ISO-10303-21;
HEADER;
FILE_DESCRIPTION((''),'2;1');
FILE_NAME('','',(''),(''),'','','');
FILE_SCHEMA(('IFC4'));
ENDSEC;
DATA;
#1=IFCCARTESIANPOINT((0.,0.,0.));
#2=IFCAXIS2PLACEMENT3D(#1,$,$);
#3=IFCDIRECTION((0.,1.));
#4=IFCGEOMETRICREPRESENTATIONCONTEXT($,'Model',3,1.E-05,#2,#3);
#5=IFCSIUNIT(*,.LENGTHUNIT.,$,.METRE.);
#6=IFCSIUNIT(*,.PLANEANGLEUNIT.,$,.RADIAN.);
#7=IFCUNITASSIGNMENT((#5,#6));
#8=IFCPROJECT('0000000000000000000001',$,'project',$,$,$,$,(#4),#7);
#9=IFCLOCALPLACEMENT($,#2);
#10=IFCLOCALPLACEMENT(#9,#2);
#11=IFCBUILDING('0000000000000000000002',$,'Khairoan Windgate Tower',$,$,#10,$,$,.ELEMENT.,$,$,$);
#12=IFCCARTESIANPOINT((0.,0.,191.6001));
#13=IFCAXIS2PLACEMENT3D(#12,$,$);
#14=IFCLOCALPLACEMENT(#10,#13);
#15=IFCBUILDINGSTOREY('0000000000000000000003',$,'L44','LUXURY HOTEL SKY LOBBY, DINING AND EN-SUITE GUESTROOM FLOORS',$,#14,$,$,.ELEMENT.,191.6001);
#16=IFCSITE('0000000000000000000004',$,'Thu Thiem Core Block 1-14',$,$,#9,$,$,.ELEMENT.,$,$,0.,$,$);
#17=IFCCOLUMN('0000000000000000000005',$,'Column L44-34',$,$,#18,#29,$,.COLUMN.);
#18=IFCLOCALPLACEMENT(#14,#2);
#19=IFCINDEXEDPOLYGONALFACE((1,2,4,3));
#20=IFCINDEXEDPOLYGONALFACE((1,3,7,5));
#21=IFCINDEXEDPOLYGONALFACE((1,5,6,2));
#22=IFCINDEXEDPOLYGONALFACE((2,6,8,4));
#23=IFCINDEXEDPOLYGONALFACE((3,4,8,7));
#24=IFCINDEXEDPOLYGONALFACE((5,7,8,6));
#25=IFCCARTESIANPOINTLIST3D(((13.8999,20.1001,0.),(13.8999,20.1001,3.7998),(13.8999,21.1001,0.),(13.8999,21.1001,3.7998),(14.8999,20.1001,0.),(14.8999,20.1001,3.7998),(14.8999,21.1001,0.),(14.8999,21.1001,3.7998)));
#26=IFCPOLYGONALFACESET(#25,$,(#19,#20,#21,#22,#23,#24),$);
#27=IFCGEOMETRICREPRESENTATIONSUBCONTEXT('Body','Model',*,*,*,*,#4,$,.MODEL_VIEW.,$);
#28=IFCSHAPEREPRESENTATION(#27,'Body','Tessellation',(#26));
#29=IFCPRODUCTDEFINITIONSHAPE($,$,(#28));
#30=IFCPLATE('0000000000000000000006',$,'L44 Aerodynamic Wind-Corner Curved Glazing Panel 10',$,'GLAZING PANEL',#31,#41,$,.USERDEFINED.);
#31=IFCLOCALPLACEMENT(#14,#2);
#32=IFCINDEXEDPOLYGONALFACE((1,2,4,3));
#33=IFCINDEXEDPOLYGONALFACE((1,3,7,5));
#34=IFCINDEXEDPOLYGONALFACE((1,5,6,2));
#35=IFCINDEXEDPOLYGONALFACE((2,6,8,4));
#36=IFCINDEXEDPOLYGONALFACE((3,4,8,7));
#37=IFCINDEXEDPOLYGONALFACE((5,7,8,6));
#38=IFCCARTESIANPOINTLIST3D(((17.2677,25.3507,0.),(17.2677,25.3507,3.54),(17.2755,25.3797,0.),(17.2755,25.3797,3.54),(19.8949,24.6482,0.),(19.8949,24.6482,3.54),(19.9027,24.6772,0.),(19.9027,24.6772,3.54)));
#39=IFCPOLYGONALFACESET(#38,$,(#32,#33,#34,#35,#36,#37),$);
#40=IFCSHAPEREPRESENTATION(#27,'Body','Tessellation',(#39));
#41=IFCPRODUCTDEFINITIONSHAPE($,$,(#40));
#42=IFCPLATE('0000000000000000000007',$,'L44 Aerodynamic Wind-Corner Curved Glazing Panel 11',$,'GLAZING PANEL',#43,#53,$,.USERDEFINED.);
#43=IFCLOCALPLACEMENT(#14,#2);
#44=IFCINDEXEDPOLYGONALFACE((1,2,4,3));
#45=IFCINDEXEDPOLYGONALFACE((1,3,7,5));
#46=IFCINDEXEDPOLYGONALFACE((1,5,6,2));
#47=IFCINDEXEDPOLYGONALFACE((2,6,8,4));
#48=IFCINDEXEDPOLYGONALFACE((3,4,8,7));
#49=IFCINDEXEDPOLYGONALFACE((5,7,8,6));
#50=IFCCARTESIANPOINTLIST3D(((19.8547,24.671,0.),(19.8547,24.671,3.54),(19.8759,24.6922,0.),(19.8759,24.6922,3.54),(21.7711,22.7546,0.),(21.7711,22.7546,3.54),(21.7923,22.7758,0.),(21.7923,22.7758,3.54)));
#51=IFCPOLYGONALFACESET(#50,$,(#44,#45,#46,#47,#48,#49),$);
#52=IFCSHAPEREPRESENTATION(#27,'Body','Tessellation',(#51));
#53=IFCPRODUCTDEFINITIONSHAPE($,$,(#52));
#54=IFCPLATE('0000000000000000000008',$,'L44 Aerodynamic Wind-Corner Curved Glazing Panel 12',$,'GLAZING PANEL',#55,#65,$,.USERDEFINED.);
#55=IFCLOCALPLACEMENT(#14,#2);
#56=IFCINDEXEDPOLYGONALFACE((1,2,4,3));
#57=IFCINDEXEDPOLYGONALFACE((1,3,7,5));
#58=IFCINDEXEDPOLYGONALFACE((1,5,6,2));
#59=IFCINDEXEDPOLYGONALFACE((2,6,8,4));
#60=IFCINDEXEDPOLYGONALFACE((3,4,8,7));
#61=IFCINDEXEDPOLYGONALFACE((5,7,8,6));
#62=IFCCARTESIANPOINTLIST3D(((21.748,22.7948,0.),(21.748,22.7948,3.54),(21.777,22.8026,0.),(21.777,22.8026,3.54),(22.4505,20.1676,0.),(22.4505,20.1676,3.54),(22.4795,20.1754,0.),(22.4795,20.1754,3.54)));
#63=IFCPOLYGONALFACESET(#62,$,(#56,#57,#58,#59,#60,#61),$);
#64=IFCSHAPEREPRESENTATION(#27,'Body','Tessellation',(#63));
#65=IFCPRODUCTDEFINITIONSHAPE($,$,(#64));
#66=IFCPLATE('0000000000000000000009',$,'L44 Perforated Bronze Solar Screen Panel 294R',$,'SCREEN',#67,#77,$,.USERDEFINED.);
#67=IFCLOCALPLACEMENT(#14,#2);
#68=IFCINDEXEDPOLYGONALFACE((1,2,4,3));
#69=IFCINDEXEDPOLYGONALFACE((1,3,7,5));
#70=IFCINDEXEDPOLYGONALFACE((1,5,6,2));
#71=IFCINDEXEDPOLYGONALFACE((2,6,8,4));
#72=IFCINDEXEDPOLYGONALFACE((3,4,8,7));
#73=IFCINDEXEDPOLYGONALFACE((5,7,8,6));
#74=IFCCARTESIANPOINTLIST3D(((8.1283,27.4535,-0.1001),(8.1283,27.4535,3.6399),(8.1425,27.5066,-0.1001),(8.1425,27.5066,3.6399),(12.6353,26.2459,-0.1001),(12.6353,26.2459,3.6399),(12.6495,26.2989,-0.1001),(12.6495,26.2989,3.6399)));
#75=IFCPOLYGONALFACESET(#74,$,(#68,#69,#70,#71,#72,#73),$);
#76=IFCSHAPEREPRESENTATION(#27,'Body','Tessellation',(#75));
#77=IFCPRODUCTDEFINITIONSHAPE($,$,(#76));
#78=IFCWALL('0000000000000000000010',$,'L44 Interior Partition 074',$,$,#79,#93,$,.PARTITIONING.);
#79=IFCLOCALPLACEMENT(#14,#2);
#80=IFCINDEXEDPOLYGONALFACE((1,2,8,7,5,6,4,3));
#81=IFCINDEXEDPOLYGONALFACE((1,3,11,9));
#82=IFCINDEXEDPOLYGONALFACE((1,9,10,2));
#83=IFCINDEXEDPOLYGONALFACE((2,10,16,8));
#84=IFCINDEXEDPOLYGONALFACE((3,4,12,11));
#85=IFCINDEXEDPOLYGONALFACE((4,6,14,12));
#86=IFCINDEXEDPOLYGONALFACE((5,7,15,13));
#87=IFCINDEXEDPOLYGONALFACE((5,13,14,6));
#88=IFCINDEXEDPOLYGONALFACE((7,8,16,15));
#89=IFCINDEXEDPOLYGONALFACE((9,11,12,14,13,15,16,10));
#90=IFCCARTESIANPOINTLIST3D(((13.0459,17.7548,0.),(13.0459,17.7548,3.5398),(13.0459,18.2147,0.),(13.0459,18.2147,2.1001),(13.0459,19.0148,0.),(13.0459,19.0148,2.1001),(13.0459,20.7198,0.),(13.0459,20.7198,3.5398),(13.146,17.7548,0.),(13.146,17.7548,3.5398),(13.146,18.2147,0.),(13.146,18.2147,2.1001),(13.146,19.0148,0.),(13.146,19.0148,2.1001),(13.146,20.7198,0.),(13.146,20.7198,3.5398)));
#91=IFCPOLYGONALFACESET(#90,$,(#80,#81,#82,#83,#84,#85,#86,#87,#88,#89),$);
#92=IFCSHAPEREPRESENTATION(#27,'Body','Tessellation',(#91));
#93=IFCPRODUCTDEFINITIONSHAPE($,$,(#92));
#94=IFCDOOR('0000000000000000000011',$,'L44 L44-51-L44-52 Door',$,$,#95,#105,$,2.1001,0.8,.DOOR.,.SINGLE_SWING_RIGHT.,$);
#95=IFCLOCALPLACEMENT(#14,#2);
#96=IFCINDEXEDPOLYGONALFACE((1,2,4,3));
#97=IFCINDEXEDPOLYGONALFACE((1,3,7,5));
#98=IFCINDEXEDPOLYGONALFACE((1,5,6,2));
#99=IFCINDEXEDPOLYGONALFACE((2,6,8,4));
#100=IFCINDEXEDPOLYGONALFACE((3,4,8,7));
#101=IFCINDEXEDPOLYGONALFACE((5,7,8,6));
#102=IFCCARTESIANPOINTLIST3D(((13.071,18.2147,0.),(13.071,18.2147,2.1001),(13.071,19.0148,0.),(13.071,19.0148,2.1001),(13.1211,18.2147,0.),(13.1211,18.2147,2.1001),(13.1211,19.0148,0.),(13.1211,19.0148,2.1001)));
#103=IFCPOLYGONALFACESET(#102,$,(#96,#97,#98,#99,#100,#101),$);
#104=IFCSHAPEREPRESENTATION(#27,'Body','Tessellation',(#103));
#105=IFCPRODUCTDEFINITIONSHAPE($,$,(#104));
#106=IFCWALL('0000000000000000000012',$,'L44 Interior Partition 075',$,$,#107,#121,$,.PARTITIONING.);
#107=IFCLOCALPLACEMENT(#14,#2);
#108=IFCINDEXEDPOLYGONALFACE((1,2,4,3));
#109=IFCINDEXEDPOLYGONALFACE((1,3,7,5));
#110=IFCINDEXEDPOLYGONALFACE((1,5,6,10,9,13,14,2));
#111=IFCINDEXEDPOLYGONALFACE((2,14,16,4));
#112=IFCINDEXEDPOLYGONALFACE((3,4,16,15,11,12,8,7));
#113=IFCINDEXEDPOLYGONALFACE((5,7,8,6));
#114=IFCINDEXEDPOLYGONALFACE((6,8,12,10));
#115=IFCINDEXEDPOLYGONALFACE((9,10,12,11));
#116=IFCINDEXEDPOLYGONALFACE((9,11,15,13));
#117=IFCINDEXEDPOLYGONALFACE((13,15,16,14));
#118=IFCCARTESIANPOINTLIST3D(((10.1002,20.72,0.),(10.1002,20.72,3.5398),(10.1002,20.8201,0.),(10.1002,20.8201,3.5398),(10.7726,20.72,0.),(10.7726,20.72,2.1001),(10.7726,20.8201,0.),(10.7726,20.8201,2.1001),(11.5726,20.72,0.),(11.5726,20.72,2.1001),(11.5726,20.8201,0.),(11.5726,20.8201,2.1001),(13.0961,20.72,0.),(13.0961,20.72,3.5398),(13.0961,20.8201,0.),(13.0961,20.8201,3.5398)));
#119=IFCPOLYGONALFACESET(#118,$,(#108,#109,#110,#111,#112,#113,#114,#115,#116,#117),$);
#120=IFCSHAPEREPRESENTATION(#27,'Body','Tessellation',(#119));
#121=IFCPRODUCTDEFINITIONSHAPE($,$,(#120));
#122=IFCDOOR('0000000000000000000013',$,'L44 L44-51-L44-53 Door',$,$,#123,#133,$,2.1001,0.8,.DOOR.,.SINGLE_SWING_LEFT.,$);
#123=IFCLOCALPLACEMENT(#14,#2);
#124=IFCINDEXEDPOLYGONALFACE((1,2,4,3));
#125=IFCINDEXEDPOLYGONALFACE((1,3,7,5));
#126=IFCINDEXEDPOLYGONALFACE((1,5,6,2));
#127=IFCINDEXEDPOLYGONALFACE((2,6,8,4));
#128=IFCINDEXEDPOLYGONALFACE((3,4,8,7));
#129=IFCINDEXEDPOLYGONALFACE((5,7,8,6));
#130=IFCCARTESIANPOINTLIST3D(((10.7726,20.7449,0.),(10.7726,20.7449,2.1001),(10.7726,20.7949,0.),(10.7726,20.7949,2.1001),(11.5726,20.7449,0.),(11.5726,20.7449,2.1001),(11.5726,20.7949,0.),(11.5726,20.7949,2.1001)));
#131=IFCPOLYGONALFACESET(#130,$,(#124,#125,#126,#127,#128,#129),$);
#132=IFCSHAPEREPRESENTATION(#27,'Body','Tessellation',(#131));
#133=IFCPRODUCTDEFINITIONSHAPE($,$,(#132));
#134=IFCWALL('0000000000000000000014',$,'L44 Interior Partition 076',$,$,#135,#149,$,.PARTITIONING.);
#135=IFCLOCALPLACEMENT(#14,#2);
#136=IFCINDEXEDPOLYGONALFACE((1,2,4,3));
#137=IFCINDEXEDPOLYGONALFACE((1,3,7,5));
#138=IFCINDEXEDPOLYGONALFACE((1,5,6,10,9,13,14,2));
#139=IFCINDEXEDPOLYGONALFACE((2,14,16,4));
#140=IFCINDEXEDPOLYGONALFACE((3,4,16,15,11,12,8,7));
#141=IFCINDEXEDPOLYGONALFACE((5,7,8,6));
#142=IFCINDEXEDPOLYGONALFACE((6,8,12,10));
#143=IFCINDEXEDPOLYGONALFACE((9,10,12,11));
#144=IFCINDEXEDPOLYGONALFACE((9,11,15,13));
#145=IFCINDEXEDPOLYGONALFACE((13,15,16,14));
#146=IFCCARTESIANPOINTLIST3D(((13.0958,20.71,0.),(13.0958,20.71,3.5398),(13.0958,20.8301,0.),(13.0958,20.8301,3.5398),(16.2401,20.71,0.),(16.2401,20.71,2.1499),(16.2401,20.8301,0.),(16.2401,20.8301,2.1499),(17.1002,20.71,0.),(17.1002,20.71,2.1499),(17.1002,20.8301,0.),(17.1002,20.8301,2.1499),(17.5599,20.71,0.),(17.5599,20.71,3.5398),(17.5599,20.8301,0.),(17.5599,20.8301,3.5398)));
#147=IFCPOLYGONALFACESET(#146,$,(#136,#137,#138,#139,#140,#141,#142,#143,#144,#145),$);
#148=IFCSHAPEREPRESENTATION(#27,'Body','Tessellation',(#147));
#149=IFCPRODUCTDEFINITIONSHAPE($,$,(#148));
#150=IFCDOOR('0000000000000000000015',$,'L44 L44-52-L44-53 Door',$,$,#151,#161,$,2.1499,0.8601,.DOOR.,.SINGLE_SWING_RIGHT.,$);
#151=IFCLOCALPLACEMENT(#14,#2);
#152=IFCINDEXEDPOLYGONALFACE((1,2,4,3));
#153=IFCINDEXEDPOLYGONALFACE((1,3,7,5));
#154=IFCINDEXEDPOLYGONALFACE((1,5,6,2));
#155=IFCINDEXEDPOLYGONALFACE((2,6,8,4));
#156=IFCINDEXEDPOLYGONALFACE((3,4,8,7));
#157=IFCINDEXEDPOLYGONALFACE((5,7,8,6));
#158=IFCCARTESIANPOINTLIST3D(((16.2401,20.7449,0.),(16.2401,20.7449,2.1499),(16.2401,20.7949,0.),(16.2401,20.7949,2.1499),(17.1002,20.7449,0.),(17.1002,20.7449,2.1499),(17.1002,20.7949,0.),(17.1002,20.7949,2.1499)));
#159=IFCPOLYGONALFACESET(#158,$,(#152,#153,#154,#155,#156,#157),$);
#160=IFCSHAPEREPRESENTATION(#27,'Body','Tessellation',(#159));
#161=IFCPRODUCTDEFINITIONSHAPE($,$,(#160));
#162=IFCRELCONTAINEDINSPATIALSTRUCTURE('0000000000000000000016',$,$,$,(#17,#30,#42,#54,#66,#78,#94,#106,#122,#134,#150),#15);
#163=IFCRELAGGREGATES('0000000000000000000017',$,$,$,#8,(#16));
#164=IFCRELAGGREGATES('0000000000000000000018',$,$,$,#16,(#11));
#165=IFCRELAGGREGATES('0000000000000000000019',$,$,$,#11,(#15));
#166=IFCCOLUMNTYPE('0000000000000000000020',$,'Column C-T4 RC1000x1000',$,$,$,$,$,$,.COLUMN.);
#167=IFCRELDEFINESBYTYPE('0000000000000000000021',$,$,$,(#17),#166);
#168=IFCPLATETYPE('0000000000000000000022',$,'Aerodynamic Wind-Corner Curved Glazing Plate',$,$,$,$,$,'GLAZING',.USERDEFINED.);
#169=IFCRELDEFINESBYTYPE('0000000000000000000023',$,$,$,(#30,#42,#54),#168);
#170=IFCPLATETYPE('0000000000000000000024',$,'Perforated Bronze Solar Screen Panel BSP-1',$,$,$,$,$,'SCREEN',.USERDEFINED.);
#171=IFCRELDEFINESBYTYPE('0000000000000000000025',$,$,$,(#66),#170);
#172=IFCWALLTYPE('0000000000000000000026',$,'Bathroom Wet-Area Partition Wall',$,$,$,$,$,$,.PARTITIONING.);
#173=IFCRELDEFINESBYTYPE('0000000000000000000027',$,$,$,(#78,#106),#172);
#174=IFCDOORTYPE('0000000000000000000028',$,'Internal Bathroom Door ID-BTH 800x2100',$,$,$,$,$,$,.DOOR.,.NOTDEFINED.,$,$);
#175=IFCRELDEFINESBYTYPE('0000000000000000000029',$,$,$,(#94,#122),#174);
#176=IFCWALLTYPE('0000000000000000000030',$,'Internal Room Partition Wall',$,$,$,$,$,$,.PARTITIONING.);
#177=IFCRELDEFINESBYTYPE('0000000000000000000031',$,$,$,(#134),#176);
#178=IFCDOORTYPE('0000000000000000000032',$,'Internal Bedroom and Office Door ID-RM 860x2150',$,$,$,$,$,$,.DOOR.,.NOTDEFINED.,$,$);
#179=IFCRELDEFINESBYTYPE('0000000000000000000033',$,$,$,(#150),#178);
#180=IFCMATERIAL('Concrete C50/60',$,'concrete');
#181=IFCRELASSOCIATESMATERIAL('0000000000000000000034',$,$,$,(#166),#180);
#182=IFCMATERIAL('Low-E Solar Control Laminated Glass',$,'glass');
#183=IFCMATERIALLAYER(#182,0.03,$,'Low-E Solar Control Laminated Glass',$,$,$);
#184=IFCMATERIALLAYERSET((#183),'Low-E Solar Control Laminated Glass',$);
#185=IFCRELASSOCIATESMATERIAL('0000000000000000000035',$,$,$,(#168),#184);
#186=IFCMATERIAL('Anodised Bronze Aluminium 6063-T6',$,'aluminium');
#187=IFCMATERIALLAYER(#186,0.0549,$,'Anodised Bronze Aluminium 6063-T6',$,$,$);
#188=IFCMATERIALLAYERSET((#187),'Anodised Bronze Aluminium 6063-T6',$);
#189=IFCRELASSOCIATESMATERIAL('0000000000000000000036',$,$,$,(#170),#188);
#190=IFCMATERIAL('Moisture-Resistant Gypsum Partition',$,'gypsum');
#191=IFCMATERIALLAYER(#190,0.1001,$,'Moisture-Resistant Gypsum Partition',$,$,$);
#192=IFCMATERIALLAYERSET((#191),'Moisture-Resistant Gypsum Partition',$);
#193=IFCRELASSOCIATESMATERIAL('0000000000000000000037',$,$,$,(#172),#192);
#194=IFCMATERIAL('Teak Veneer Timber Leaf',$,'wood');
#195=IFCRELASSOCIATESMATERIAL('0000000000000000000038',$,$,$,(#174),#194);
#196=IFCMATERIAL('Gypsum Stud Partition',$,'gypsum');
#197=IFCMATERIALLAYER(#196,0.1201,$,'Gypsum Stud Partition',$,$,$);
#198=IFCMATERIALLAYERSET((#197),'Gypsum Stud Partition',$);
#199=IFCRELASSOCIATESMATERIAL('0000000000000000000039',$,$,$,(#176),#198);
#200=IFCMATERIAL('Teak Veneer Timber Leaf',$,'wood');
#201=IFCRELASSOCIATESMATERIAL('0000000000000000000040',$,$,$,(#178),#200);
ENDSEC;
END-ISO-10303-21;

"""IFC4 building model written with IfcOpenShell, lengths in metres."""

from ifc_helpers import new_model, si_unit, direction, frame, frame_2d, origin, origin_2d, place, context, subcontext, project, spatial, rectangle, extrude, material, layer, layer_set, material_profile, profile_set, type_object, element, fill, save


model = new_model("IFC4")

# Units and contexts
model_context = context("Model", 3, precision=1e-05, world=origin(), true_north=direction((0.0, 1.0)))
body_context = subcontext(model_context, "Body", "Model", "MODEL_VIEW")
ifc_project = project(units=[si_unit("LENGTHUNIT", "METRE"), si_unit("PLANEANGLEUNIT", "RADIAN")], contexts=[model_context])

# Site, building, storey
site_placement = place(None, origin())
site = spatial("IfcSite", under=ifc_project, at=site_placement, Name="Thu Thiem Core Block 1-14", CompositionType="ELEMENT", RefElevation=0.0)
building_placement = place(site_placement, origin())
building = spatial("IfcBuilding", under=site, at=building_placement, Name="Khairoan Windgate Tower", CompositionType="ELEMENT")
storey_placement = place(building_placement, frame((0.0, 0.0, 191.6001)))
storey = spatial("IfcBuildingStorey", under=building, at=storey_placement, Name="L44", Description="LUXURY HOTEL SKY LOBBY, DINING AND EN-SUITE GUESTROOM FLOORS", CompositionType="ELEMENT", Elevation=191.6001)

# Column
ifc_material_1 = material(Name="Concrete C50/60", Category="concrete")
ifc_material_profile_1 = material_profile(ifc_material_1, rectangle(XDim=1.0, YDim=1.0, at=origin_2d()))
ifc_profile_set_1 = profile_set([ifc_material_profile_1], Name="Concrete C50/60")
column_type = type_object("IfcColumnType", Name="Column C-T4 RC1000x1000", PredefinedType="COLUMN", material=ifc_profile_set_1)
column_placement = place(storey_placement, frame((14.3999, 20.6001, 0.0), z_axis=(0.0, 0.0, 1.0), x_axis=(1.0, 0.0, 0.0)))
element("IfcColumn", 1, at=column_placement, inside=storey, type_object=column_type, Name="Column L44-34", PredefinedType="COLUMN", context=body_context, shape_type="SweptSolid", body=[
    extrude(rectangle(XDim=1.0, YDim=1.0, at=origin_2d()), origin(), (0.0, 0.0, 1.0), 3.7998),
])

# Plates
ifc_material_2 = material(Name="Low-E Solar Control Laminated Glass", Category="glass")
ifc_layer_1 = layer(ifc_material_2, 0.03, Name="Low-E Solar Control Laminated Glass")
ifc_layer_set_1 = layer_set([ifc_layer_1], Name="Low-E Solar Control Laminated Glass")
plate_type_1 = type_object("IfcPlateType", Name="Aerodynamic Wind-Corner Curved Glazing Plate", ElementType="GLAZING", PredefinedType="USERDEFINED", material=ifc_layer_set_1)
plate_1_placement = place(storey_placement, frame((18.5852, 25.0139, 0.0), z_axis=(0.0, 0.0, 1.0), x_axis=(0.966061, -0.258313, 0.0)))
element("IfcPlate", 2, at=plate_1_placement, inside=storey, type_object=plate_type_1, Name="L44 Aerodynamic Wind-Corner Curved Glazing Panel 10", ObjectType="GLAZING PANEL", PredefinedType="USERDEFINED", context=body_context, shape_type="SweptSolid", body=[
    extrude(rectangle(XDim=2.7195, YDim=0.03, at=origin_2d()), origin(), (0.0, 0.0, 1.0), 3.54),
])
plate_2_placement = place(storey_placement, frame((20.8235, 23.7234, 0.0), z_axis=(0.0, 0.0, 1.0), x_axis=(0.707107, -0.707107, 0.0)))
element("IfcPlate", 3, at=plate_2_placement, inside=storey, type_object=plate_type_1, Name="L44 Aerodynamic Wind-Corner Curved Glazing Panel 11", ObjectType="GLAZING PANEL", PredefinedType="USERDEFINED", context=body_context, shape_type="SweptSolid", body=[
    extrude(rectangle(XDim=2.7102, YDim=0.03, at=origin_2d()), origin(), (0.0, 0.0, 1.0), 3.54),
])
plate_3_placement = place(storey_placement, frame((22.1138, 21.4851, 0.0), z_axis=(0.0, 0.0, 1.0), x_axis=(0.258313, -0.966061, 0.0)))
element("IfcPlate", 4, at=plate_3_placement, inside=storey, type_object=plate_type_1, Name="L44 Aerodynamic Wind-Corner Curved Glazing Panel 12", ObjectType="GLAZING PANEL", PredefinedType="USERDEFINED", context=body_context, shape_type="SweptSolid", body=[
    extrude(rectangle(XDim=2.7195, YDim=0.03, at=origin_2d()), origin(), (0.0, 0.0, 1.0), 3.54),
])

# Plate
ifc_material_3 = material(Name="Anodised Bronze Aluminium 6063-T6", Category="aluminium")
ifc_layer_2 = layer(ifc_material_3, 0.0549, Name="Anodised Bronze Aluminium 6063-T6")
ifc_layer_set_2 = layer_set([ifc_layer_2], Name="Anodised Bronze Aluminium 6063-T6")
plate_type_2 = type_object("IfcPlateType", Name="Perforated Bronze Solar Screen Panel BSP-1", ElementType="SCREEN", PredefinedType="USERDEFINED", material=ifc_layer_set_2)
plate_4_placement = place(storey_placement, frame((10.3889, 26.8762, -0.1001), z_axis=(0.0, 0.0, 1.0), x_axis=(0.965926, -0.258819, 0.0)))
element("IfcPlate", 5, at=plate_4_placement, inside=storey, type_object=plate_type_2, Name="L44 Perforated Bronze Solar Screen Panel 294R", ObjectType="SCREEN", PredefinedType="USERDEFINED", context=body_context, shape_type="SweptSolid", body=[
    extrude(rectangle(XDim=4.666, YDim=0.0549, at=origin_2d()), origin(), (0.0, 0.0, 1.0), 3.74),
])

# Walls, openings, doors
ifc_material_4 = material(Name="Moisture-Resistant Gypsum Partition", Category="gypsum")
ifc_layer_3 = layer(ifc_material_4, 0.1001, Name="Moisture-Resistant Gypsum Partition")
ifc_layer_set_3 = layer_set([ifc_layer_3], Name="Moisture-Resistant Gypsum Partition")
wall_type_1 = type_object("IfcWallType", Name="Bathroom Wet-Area Partition Wall", PredefinedType="PARTITIONING", material=ifc_layer_set_3)
wall_1_placement = place(storey_placement, frame((13.0959, 17.7549, 0.0), z_axis=(0.0, 0.0, 1.0), x_axis=(0.0, 1.0, 0.0)))
wall_1 = element("IfcWall", 6, at=wall_1_placement, inside=storey, type_object=wall_type_1, Name="L44 Interior Partition 074", PredefinedType="PARTITIONING", context=body_context, shape_type="SweptSolid", body=[
    extrude(rectangle(XDim=2.9651, YDim=0.1001, at=frame_2d((1.4824, 0.0))), origin(), (0.0, 0.0, 1.0), 3.5398),
])
opening_1_placement = place(wall_1_placement, frame((0.46, 0.0, 0.0)))
opening_1 = element("IfcOpeningElement", 7, at=opening_1_placement, cuts=wall_1, PredefinedType="OPENING", context=body_context, shape_type="SweptSolid", body=[
    extrude(rectangle(XDim=0.8, YDim=2.1001, at=frame_2d((0.3999, 1.05))), frame((0.0, 0.0601, 0.0), z_axis=(0.0, -1.0, 0.0), x_axis=(1.0, 0.0, 0.0)), (0.0, 0.0, 1.0), 0.1201),
])
ifc_material_5 = material(Name="Teak Veneer Timber Leaf", Category="wood")
door_type_1 = type_object("IfcDoorType", Name="Internal Bathroom Door ID-BTH 800x2100", OperationType="NOTDEFINED", PredefinedType="DOOR", material=ifc_material_5)
door_1_placement = place(opening_1_placement, origin())
door_1 = element("IfcDoor", 8, at=door_1_placement, inside=storey, type_object=door_type_1, Name="L44 L44-51-L44-52 Door", OperationType="SINGLE_SWING_RIGHT", OverallHeight=2.1001, OverallWidth=0.8, PredefinedType="DOOR", context=body_context, shape_type="SweptSolid", body=[
    extrude(rectangle(XDim=0.8, YDim=2.1001, at=frame_2d((0.3999, 1.05))), frame((0.0, 0.0249, 0.0), z_axis=(0.0, -1.0, 0.0), x_axis=(1.0, 0.0, 0.0)), (0.0, 0.0, 1.0), 0.05),
])
fill(opening_1, door_1)
wall_2_placement = place(storey_placement, frame((10.1001, 20.77, 0.0), z_axis=(0.0, 0.0, 1.0), x_axis=(1.0, 0.0, 0.0)))
wall_2 = element("IfcWall", 9, at=wall_2_placement, inside=storey, type_object=wall_type_1, Name="L44 Interior Partition 075", PredefinedType="PARTITIONING", context=body_context, shape_type="SweptSolid", body=[
    extrude(rectangle(XDim=2.9958, YDim=0.1001, at=frame_2d((1.498, 0.0))), origin(), (0.0, 0.0, 1.0), 3.5398),
])
opening_2_placement = place(wall_2_placement, frame((0.6726, 0.0, 0.0)))
opening_2 = element("IfcOpeningElement", 10, at=opening_2_placement, cuts=wall_2, PredefinedType="OPENING", context=body_context, shape_type="SweptSolid", body=[
    extrude(rectangle(XDim=0.8, YDim=2.1001, at=frame_2d((0.3999, 1.05))), frame((0.0, 0.0601, 0.0), z_axis=(0.0, -1.0, 0.0), x_axis=(1.0, 0.0, 0.0)), (0.0, 0.0, 1.0), 0.1201),
])
door_2_placement = place(opening_2_placement, origin())
door_2 = element("IfcDoor", 11, at=door_2_placement, inside=storey, type_object=door_type_1, Name="L44 L44-51-L44-53 Door", OperationType="SINGLE_SWING_LEFT", OverallHeight=2.1001, OverallWidth=0.8, PredefinedType="DOOR", context=body_context, shape_type="SweptSolid", body=[
    extrude(rectangle(XDim=0.8, YDim=2.1001, at=frame_2d((0.3999, 1.05))), frame((0.0, 0.0249, 0.0), z_axis=(0.0, -1.0, 0.0), x_axis=(1.0, 0.0, 0.0)), (0.0, 0.0, 1.0), 0.05),
])
fill(opening_2, door_2)
ifc_material_6 = material(Name="Gypsum Stud Partition", Category="gypsum")
ifc_layer_4 = layer(ifc_material_6, 0.1201, Name="Gypsum Stud Partition")
ifc_layer_set_4 = layer_set([ifc_layer_4], Name="Gypsum Stud Partition")
wall_type_2 = type_object("IfcWallType", Name="Internal Room Partition Wall", PredefinedType="PARTITIONING", material=ifc_layer_set_4)
wall_3_placement = place(storey_placement, frame((13.0959, 20.77, 0.0), z_axis=(0.0, 0.0, 1.0), x_axis=(1.0, 0.0, 0.0)))
wall_3 = element("IfcWall", 12, at=wall_3_placement, inside=storey, type_object=wall_type_2, Name="L44 Interior Partition 076", PredefinedType="PARTITIONING", context=body_context, shape_type="SweptSolid", body=[
    extrude(rectangle(XDim=4.4641, YDim=0.1201, at=frame_2d((2.2319, 0.0))), origin(), (0.0, 0.0, 1.0), 3.5398),
])
opening_3_placement = place(wall_3_placement, frame((3.144, 0.0, 0.0)))
opening_3 = element("IfcOpeningElement", 13, at=opening_3_placement, cuts=wall_3, PredefinedType="OPENING", context=body_context, shape_type="SweptSolid", body=[
    extrude(rectangle(XDim=0.8601, YDim=2.1499, at=frame_2d((0.4302, 1.075))), frame((0.0, 0.0701, 0.0), z_axis=(0.0, -1.0, 0.0), x_axis=(1.0, 0.0, 0.0)), (0.0, 0.0, 1.0), 0.1401),
])
ifc_material_7 = material(Name="Teak Veneer Timber Leaf", Category="wood")
door_type_2 = type_object("IfcDoorType", Name="Internal Bedroom and Office Door ID-RM 860x2150", OperationType="NOTDEFINED", PredefinedType="DOOR", material=ifc_material_7)
door_3_placement = place(opening_3_placement, origin())
door_3 = element("IfcDoor", 14, at=door_3_placement, inside=storey, type_object=door_type_2, Name="L44 L44-52-L44-53 Door", OperationType="SINGLE_SWING_RIGHT", OverallHeight=2.1499, OverallWidth=0.8601, PredefinedType="DOOR", context=body_context, shape_type="SweptSolid", body=[
    extrude(rectangle(XDim=0.8601, YDim=2.1499, at=frame_2d((0.4302, 1.075))), frame((0.0, 0.0249, 0.0), z_axis=(0.0, -1.0, 0.0), x_axis=(1.0, 0.0, 0.0)), (0.0, 0.0, 1.0), 0.05),
])
fill(opening_3, door_3)

save(model, "model.ifc")
